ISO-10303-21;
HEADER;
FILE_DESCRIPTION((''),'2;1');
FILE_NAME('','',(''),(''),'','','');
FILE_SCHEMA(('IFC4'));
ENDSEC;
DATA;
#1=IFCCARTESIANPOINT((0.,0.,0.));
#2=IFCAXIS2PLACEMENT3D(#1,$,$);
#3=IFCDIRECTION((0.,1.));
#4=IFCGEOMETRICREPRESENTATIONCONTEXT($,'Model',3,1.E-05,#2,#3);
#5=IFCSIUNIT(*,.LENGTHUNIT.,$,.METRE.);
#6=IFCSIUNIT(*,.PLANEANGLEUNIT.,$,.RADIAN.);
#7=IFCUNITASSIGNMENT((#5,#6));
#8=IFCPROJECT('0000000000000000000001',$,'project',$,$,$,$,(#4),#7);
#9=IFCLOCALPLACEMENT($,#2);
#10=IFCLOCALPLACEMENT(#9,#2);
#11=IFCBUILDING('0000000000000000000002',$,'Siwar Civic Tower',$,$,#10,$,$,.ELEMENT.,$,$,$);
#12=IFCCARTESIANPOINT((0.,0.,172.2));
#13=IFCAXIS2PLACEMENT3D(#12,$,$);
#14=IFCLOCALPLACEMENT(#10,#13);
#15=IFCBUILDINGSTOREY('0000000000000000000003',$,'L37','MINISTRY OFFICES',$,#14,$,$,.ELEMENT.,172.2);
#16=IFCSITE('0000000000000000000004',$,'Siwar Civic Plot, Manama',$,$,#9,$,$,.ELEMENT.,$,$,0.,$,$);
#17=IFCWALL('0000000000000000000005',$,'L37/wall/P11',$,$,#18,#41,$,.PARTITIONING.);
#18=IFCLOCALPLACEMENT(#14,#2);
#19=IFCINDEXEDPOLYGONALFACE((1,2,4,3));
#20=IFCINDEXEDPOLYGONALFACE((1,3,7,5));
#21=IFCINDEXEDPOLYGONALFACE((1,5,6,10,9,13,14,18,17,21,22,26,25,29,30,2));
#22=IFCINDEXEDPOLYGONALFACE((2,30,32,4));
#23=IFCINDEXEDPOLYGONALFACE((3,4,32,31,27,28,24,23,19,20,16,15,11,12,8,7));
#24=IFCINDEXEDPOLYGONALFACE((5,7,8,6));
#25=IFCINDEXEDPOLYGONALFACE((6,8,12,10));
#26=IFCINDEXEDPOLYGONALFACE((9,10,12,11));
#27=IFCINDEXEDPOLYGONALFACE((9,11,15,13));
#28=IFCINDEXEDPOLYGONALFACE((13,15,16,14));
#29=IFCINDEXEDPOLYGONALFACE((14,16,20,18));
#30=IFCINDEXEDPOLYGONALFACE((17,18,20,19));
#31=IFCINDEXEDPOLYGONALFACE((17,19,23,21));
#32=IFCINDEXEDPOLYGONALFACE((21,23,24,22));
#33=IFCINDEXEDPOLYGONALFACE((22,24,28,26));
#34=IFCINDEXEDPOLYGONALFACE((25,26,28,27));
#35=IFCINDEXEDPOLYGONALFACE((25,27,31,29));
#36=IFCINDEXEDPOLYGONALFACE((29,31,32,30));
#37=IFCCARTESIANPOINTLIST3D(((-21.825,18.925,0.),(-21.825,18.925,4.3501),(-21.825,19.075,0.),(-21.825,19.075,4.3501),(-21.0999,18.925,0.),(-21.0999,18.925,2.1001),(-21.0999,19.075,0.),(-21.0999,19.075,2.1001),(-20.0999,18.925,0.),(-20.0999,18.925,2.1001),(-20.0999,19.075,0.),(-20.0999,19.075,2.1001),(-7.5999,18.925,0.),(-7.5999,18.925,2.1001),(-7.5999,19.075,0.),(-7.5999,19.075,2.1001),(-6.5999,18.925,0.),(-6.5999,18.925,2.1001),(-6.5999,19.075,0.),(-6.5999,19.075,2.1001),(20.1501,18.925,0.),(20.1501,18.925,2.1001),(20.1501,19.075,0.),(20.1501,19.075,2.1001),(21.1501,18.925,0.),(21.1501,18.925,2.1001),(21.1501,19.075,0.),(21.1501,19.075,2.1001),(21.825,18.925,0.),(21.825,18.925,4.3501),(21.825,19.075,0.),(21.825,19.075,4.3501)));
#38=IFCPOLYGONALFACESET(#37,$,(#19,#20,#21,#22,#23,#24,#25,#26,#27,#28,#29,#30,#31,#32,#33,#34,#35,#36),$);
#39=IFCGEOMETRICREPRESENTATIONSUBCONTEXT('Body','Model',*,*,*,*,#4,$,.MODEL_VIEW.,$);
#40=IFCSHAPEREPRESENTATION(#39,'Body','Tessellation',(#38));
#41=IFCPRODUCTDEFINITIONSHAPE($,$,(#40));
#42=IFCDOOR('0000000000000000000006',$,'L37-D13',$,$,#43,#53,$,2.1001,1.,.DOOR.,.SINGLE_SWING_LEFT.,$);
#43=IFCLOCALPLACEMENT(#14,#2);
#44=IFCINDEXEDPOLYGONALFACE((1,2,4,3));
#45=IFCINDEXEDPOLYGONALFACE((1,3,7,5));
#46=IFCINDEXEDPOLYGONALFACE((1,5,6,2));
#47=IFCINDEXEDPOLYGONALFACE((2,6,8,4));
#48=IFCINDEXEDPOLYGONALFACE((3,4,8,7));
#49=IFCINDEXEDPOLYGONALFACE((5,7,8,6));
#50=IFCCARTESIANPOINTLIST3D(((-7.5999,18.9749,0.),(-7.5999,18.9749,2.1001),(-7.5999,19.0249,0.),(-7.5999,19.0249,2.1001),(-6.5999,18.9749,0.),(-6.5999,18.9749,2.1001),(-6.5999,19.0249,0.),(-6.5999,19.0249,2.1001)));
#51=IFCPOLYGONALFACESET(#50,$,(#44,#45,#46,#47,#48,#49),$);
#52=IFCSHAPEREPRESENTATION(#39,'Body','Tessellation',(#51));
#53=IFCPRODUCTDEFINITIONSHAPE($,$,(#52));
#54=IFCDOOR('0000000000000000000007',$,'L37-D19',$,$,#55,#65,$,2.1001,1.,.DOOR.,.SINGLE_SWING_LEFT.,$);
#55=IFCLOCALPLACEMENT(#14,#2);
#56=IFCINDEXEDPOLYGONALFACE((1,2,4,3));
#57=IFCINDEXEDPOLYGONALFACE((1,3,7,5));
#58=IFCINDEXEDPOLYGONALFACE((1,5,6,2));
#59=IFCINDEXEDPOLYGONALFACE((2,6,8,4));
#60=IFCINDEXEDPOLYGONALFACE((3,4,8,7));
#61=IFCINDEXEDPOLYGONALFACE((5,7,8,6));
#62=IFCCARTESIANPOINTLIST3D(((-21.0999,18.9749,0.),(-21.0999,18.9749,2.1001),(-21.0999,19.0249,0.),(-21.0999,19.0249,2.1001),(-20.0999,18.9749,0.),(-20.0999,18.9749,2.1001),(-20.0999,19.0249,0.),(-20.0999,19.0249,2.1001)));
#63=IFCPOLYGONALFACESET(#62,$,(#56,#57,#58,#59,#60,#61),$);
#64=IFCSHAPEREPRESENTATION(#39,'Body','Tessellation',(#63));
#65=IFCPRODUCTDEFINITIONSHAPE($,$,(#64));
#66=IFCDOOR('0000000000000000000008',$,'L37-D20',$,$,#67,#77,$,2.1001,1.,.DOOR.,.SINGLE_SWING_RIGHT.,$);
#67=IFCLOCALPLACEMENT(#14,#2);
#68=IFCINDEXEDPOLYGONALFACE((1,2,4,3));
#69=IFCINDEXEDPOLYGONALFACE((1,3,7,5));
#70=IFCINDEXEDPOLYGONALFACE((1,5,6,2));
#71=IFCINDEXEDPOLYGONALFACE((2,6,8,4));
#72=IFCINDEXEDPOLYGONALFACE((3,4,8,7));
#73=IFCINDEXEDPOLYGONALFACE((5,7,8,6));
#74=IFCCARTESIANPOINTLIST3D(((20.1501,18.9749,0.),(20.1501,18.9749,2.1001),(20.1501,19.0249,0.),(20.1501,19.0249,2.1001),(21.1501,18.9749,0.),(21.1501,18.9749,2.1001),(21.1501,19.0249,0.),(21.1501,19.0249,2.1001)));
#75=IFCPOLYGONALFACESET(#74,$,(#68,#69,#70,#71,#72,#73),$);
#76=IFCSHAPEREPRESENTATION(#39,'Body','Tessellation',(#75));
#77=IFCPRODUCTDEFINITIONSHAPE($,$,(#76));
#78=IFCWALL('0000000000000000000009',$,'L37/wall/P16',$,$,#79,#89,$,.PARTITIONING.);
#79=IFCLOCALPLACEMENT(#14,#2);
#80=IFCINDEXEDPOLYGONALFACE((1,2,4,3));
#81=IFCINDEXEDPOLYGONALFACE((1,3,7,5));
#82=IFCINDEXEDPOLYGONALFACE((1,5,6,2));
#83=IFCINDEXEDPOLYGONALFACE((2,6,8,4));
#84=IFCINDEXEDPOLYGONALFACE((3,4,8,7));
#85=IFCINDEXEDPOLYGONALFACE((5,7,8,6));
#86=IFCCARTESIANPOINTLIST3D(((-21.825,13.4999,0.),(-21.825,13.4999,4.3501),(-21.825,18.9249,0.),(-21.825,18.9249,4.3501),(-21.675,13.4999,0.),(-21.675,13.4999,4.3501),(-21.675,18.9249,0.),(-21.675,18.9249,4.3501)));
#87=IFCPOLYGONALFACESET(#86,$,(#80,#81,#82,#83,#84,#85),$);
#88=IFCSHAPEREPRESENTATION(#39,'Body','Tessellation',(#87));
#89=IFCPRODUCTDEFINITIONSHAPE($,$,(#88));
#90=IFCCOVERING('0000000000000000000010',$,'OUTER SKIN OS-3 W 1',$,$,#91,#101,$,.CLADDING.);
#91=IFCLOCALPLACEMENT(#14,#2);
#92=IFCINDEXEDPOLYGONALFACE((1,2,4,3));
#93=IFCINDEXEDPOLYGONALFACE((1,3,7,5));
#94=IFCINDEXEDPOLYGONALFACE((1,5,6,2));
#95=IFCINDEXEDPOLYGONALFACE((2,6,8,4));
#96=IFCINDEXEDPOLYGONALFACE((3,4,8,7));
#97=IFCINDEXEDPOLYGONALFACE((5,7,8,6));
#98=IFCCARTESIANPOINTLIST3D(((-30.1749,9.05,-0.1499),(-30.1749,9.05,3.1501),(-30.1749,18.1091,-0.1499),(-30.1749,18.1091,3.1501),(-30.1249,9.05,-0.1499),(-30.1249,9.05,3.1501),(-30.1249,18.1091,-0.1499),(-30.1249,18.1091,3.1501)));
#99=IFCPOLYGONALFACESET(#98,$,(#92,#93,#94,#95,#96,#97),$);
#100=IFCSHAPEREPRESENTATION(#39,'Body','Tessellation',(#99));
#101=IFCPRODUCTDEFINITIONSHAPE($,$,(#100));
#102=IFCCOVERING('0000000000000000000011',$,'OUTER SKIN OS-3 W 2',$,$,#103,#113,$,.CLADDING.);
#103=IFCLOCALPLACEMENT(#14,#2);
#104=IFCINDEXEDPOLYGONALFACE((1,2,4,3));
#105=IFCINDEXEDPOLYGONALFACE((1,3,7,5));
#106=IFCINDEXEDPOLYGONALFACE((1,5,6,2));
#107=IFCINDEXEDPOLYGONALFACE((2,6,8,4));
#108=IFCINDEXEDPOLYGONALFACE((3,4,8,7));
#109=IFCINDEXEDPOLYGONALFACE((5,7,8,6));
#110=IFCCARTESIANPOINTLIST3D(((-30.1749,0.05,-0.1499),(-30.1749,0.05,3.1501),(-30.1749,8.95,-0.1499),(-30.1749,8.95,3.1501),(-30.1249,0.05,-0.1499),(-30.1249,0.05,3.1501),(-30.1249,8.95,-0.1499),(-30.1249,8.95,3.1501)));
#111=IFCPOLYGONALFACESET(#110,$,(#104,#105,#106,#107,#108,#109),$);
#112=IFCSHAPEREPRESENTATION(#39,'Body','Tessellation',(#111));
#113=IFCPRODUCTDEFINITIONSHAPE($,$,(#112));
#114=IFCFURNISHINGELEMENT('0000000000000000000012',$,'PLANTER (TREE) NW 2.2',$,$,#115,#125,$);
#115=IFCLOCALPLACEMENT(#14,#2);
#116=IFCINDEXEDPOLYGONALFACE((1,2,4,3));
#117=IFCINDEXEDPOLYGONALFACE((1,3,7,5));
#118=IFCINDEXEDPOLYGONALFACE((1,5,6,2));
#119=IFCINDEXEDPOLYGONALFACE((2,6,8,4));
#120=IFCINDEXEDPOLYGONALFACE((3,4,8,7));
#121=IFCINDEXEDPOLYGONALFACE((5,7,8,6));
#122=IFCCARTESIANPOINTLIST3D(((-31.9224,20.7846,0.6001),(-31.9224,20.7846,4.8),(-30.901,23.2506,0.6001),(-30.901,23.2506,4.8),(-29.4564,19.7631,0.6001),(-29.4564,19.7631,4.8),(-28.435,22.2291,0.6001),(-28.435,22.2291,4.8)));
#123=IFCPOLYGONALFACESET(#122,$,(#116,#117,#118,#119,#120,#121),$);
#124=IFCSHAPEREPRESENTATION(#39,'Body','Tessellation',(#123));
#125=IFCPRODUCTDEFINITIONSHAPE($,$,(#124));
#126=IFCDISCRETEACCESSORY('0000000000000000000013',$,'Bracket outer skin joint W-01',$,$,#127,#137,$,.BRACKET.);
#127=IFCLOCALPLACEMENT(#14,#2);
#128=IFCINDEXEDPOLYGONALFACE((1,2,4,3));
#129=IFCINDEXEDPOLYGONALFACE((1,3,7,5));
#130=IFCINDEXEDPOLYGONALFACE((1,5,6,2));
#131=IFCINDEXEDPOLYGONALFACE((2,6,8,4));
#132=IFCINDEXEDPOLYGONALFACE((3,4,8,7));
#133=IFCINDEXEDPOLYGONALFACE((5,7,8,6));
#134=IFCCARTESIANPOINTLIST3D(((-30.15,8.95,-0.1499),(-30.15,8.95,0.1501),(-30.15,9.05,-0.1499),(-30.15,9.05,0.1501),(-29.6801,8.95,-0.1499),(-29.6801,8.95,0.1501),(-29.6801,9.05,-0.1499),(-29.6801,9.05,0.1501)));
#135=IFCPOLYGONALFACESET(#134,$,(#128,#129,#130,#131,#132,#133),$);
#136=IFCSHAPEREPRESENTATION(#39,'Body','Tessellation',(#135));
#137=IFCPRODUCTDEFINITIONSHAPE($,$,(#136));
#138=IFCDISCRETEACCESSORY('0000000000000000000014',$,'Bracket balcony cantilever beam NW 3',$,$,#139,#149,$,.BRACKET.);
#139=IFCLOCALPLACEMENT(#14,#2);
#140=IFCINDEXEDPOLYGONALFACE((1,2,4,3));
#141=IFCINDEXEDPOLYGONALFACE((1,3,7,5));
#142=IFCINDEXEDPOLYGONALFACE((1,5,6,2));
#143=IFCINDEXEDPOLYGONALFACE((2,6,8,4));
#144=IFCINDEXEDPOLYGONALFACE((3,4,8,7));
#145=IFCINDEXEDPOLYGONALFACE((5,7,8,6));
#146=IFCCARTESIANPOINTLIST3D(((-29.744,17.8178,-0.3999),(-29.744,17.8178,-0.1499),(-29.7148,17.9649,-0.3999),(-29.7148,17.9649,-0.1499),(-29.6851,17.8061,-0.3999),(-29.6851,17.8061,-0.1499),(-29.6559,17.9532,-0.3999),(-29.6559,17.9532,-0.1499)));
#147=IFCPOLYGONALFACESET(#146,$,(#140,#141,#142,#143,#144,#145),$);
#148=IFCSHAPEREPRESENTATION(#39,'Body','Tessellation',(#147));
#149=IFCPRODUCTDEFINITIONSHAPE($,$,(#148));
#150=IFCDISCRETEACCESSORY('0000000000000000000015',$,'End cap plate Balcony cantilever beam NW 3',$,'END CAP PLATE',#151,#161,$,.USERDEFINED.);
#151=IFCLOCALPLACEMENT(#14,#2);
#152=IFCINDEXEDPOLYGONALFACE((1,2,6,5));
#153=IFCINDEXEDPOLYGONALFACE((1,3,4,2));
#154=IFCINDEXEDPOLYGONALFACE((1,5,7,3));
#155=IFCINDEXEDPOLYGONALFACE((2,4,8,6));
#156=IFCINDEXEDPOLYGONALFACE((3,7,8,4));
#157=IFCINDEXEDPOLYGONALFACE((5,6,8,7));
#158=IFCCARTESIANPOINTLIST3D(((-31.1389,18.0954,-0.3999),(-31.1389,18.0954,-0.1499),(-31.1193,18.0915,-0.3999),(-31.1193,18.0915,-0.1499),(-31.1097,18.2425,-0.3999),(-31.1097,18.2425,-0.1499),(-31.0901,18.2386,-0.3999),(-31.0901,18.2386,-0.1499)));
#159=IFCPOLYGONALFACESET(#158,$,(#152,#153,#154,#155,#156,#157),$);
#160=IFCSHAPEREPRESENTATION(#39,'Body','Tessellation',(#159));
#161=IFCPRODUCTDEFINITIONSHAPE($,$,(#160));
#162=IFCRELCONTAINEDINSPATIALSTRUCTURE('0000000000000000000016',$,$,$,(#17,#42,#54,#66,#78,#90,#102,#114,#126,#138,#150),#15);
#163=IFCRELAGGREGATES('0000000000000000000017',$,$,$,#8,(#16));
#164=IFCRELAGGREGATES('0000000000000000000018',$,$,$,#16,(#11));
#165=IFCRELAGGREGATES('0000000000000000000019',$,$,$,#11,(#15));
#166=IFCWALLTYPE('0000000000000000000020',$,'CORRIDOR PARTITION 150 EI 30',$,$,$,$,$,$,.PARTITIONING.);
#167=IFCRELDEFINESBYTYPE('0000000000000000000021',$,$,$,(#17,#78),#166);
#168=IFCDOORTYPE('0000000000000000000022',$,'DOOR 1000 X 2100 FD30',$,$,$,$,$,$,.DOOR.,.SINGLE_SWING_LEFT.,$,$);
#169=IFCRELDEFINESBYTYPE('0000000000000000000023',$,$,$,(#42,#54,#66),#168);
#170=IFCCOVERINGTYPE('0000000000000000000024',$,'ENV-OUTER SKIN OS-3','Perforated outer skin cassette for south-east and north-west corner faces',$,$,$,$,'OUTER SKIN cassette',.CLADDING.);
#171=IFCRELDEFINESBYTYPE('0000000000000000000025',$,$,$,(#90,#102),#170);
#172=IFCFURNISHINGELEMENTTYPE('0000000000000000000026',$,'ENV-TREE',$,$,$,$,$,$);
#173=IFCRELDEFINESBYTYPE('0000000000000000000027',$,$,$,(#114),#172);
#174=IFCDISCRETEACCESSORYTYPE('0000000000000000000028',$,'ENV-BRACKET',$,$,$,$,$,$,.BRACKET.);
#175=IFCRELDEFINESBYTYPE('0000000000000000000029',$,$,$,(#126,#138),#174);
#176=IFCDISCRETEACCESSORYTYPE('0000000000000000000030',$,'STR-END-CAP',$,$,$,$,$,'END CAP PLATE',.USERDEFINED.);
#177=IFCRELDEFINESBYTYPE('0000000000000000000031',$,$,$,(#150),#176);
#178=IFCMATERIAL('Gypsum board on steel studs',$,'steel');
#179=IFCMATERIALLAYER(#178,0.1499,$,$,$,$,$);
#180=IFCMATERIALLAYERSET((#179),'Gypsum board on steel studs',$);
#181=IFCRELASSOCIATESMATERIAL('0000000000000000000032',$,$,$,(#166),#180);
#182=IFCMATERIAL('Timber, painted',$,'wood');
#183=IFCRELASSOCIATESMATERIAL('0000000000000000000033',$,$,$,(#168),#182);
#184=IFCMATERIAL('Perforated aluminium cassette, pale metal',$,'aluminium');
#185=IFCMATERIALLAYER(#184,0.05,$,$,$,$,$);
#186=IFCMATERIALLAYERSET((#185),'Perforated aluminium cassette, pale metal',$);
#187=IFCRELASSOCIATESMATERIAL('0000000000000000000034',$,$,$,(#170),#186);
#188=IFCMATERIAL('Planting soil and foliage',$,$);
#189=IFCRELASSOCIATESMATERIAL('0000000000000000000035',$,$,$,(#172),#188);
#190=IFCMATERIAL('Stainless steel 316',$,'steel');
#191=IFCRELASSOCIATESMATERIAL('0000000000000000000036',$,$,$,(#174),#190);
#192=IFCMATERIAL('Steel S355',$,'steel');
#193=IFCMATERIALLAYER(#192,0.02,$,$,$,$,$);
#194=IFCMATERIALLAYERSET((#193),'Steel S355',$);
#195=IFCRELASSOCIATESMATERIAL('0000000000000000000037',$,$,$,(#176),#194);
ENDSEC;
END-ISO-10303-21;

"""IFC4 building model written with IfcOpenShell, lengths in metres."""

from ifc_helpers import new_model, si_unit, direction, frame, frame_2d, origin, origin_2d, place, context, subcontext, project, spatial, rectangle, extrude, material, layer, layer_set, type_object, element, fill, save


model = new_model("IFC4")

# Units and contexts
model_context = context("Model", 3, precision=1e-05, world=origin(), true_north=direction((0.0, 1.0)))
body_context = subcontext(model_context, "Body", "Model", "MODEL_VIEW")
ifc_project = project(units=[si_unit("LENGTHUNIT", "METRE"), si_unit("PLANEANGLEUNIT", "RADIAN")], contexts=[model_context])

# Site, building, storey
site_placement = place(None, origin())
site = spatial("IfcSite", under=ifc_project, at=site_placement, Name="Siwar Civic Plot, Manama", CompositionType="ELEMENT", RefElevation=0.0)
building_placement = place(site_placement, origin())
building = spatial("IfcBuilding", under=site, at=building_placement, Name="Siwar Civic Tower", CompositionType="ELEMENT")
storey_placement = place(building_placement, frame((0.0, 0.0, 172.2)))
storey = spatial("IfcBuildingStorey", under=building, at=storey_placement, Name="L37", Description="MINISTRY OFFICES", CompositionType="ELEMENT", Elevation=172.2)

# Shared definitions
ifc_material_1 = material(Name="Gypsum board on steel studs", Category="steel")
ifc_layer_1 = layer(ifc_material_1, 0.1499)
ifc_layer_set_1 = layer_set([ifc_layer_1], Name="Gypsum board on steel studs")
wall_type = type_object("IfcWallType", Name="CORRIDOR PARTITION 150 EI 30", PredefinedType="PARTITIONING", material=ifc_layer_set_1)

# Wall, openings, doors
wall_1_placement = place(storey_placement, frame((-21.825, 19.0, 0.0), z_axis=(0.0, 0.0, 1.0), x_axis=(1.0, 0.0, 0.0)))
wall_1 = element("IfcWall", 1, at=wall_1_placement, inside=storey, type_object=wall_type, Name="L37/wall/P11", PredefinedType="PARTITIONING", context=body_context, shape_type="SweptSolid", body=[
    extrude(rectangle(XDim=43.6499, YDim=0.1499, at=frame_2d((21.825, 0.0))), origin(), (0.0, 0.0, 1.0), 4.3501),
])
opening_1_placement = place(wall_1_placement, frame((14.2251, 0.0, 0.0)))
opening_1 = element("IfcOpeningElement", 2, at=opening_1_placement, cuts=wall_1, PredefinedType="OPENING", context=body_context, shape_type="SweptSolid", body=[
    extrude(rectangle(XDim=1.0, YDim=2.1001, at=frame_2d((0.5, 1.05))), frame((0.0, 0.085, 0.0), z_axis=(0.0, -1.0, 0.0), x_axis=(1.0, 0.0, 0.0)), (0.0, 0.0, 1.0), 0.1699),
])
opening_2_placement = place(wall_1_placement, frame((0.7251, 0.0, 0.0)))
opening_2 = element("IfcOpeningElement", 3, at=opening_2_placement, cuts=wall_1, PredefinedType="OPENING", context=body_context, shape_type="SweptSolid", body=[
    extrude(rectangle(XDim=1.0, YDim=2.1001, at=frame_2d((0.5, 1.05))), frame((0.0, 0.085, 0.0), z_axis=(0.0, -1.0, 0.0), x_axis=(1.0, 0.0, 0.0)), (0.0, 0.0, 1.0), 0.1699),
])
opening_3_placement = place(wall_1_placement, frame((41.9751, 0.0, 0.0)))
opening_3 = element("IfcOpeningElement", 4, at=opening_3_placement, cuts=wall_1, PredefinedType="OPENING", context=body_context, shape_type="SweptSolid", body=[
    extrude(rectangle(XDim=1.0, YDim=2.1001, at=frame_2d((0.5, 1.05))), frame((0.0, 0.085, 0.0), z_axis=(0.0, -1.0, 0.0), x_axis=(1.0, 0.0, 0.0)), (0.0, 0.0, 1.0), 0.1699),
])
ifc_material_2 = material(Name="Timber, painted", Category="wood")
door_type = type_object("IfcDoorType", Name="DOOR 1000 X 2100 FD30", OperationType="SINGLE_SWING_LEFT", PredefinedType="DOOR", material=ifc_material_2)
door_1_placement = place(opening_1_placement, origin())
door_1 = element("IfcDoor", 5, at=door_1_placement, inside=storey, type_object=door_type, Name="L37-D13", OperationType="SINGLE_SWING_LEFT", OverallHeight=2.1001, OverallWidth=1.0, PredefinedType="DOOR", context=body_context, shape_type="SweptSolid", body=[
    extrude(rectangle(XDim=1.0, YDim=2.1001, at=frame_2d((0.5, 1.05))), frame((0.0, 0.0249, 0.0), z_axis=(0.0, -1.0, 0.0), x_axis=(1.0, 0.0, 0.0)), (0.0, 0.0, 1.0), 0.05),
])
fill(opening_1, door_1)
door_2_placement = place(opening_2_placement, origin())
door_2 = element("IfcDoor", 6, at=door_2_placement, inside=storey, type_object=door_type, Name="L37-D19", OperationType="SINGLE_SWING_LEFT", OverallHeight=2.1001, OverallWidth=1.0, PredefinedType="DOOR", context=body_context, shape_type="SweptSolid", body=[
    extrude(rectangle(XDim=1.0, YDim=2.1001, at=frame_2d((0.5, 1.05))), frame((0.0, 0.0249, 0.0), z_axis=(0.0, -1.0, 0.0), x_axis=(1.0, 0.0, 0.0)), (0.0, 0.0, 1.0), 0.05),
])
fill(opening_2, door_2)
door_3_placement = place(opening_3_placement, origin())
door_3 = element("IfcDoor", 7, at=door_3_placement, inside=storey, type_object=door_type, Name="L37-D20", OperationType="SINGLE_SWING_RIGHT", OverallHeight=2.1001, OverallWidth=1.0, PredefinedType="DOOR", context=body_context, shape_type="SweptSolid", body=[
    extrude(rectangle(XDim=1.0, YDim=2.1001, at=frame_2d((0.5, 1.05))), frame((0.0, 0.0249, 0.0), z_axis=(0.0, -1.0, 0.0), x_axis=(1.0, 0.0, 0.0)), (0.0, 0.0, 1.0), 0.05),
])
fill(opening_3, door_3)

# Wall
wall_2_placement = place(storey_placement, frame((-21.75, 13.5, 0.0), z_axis=(0.0, 0.0, 1.0), x_axis=(0.0, 1.0, 0.0)))
element("IfcWall", 8, at=wall_2_placement, inside=storey, type_object=wall_type, Name="L37/wall/P16", PredefinedType="PARTITIONING", context=body_context, shape_type="SweptSolid", body=[
    extrude(rectangle(XDim=5.425, YDim=0.1499, at=frame_2d((2.7124, 0.0))), origin(), (0.0, 0.0, 1.0), 4.3501),
])

# Coverings
ifc_material_3 = material(Name="Perforated aluminium cassette, pale metal", Category="aluminium")
ifc_layer_2 = layer(ifc_material_3, 0.05)
ifc_layer_set_2 = layer_set([ifc_layer_2], Name="Perforated aluminium cassette, pale metal")
covering_type = type_object("IfcCoveringType", Name="ENV-OUTER SKIN OS-3", Description="Perforated outer skin cassette for south-east and north-west corner faces", ElementType="OUTER SKIN cassette", PredefinedType="CLADDING", material=ifc_layer_set_2)
covering_1_placement = place(storey_placement, frame((-30.1499, 13.5796, -0.1499), z_axis=(0.0, 0.0, 1.0), x_axis=(0.0, -1.0, 0.0)))
element("IfcCovering", 9, at=covering_1_placement, inside=storey, type_object=covering_type, Name="OUTER SKIN OS-3 W 1", PredefinedType="CLADDING", context=body_context, shape_type="SweptSolid", body=[
    extrude(rectangle(XDim=9.0591, YDim=0.05, at=origin_2d()), origin(), (0.0, 0.0, 1.0), 3.3),
])
covering_2_placement = place(storey_placement, frame((-30.1499, 4.5, -0.1499), z_axis=(0.0, 0.0, 1.0), x_axis=(0.0, -1.0, 0.0)))
element("IfcCovering", 10, at=covering_2_placement, inside=storey, type_object=covering_type, Name="OUTER SKIN OS-3 W 2", PredefinedType="CLADDING", context=body_context, shape_type="SweptSolid", body=[
    extrude(rectangle(XDim=8.8999, YDim=0.05, at=origin_2d()), origin(), (0.0, 0.0, 1.0), 3.3),
])

# Furnishing element
ifc_material_4 = material(Name="Planting soil and foliage")
furnishing_element_type = type_object("IfcFurnishingElementType", Name="ENV-TREE", material=ifc_material_4)
furnishing_placement = place(storey_placement, frame((-30.1787, 21.5068, 0.6001), z_axis=(0.0, 0.0, 1.0), x_axis=(-0.382683, -0.92388, 0.0)))
element("IfcFurnishingElement", 11, at=furnishing_placement, inside=storey, type_object=furnishing_element_type, Name="PLANTER (TREE) NW 2.2", context=body_context, shape_type="SweptSolid", body=[
    extrude(rectangle(XDim=2.6692, YDim=2.6692, at=origin_2d()), origin(), (0.0, 0.0, 1.0), 4.2),
])

# Discrete accessories
ifc_material_5 = material(Name="Stainless steel 316", Category="steel")
discrete_accessory_type_1 = type_object("IfcDiscreteAccessoryType", Name="ENV-BRACKET", PredefinedType="BRACKET", material=ifc_material_5)
discrete_accessory_1_placement = place(storey_placement, frame((-29.915, 9.0, -0.1499), z_axis=(0.0, 0.0, 1.0), x_axis=(-1.0, 0.0, 0.0)))
element("IfcDiscreteAccessory", 12, at=discrete_accessory_1_placement, inside=storey, type_object=discrete_accessory_type_1, Name="Bracket outer skin joint W-01", PredefinedType="BRACKET", context=body_context, shape_type="SweptSolid", body=[
    extrude(rectangle(XDim=0.47, YDim=0.1001, at=origin_2d()), origin(), (0.0, 0.0, 1.0), 0.3),
])
discrete_accessory_2_placement = place(storey_placement, frame((-29.7, 17.8855, -0.3999), z_axis=(0.0, 0.0, 1.0), x_axis=(-0.980785, 0.19509, 0.0)))
element("IfcDiscreteAccessory", 13, at=discrete_accessory_2_placement, inside=storey, type_object=discrete_accessory_type_1, Name="Bracket balcony cantilever beam NW 3", PredefinedType="BRACKET", context=body_context, shape_type="SweptSolid", body=[
    extrude(rectangle(XDim=0.0601, YDim=0.1499, at=origin_2d()), origin(), (0.0, 0.0, 1.0), 0.25),
])
ifc_material_6 = material(Name="Steel S355", Category="steel")
ifc_layer_3 = layer(ifc_material_6, 0.02)
ifc_layer_set_3 = layer_set([ifc_layer_3], Name="Steel S355")
discrete_accessory_type_2 = type_object("IfcDiscreteAccessoryType", Name="STR-END-CAP", ElementType="END CAP PLATE", PredefinedType="USERDEFINED", material=ifc_layer_set_3)
discrete_accessory_3_placement = place(storey_placement, frame((-31.1145, 18.167, -0.3999), z_axis=(0.0, 0.0, 1.0), x_axis=(-0.980785, 0.19509, 0.0)))
element("IfcDiscreteAccessory", 14, at=discrete_accessory_3_placement, inside=storey, type_object=discrete_accessory_type_2, Name="End cap plate Balcony cantilever beam NW 3", ObjectType="END CAP PLATE", PredefinedType="USERDEFINED", context=body_context, shape_type="SweptSolid", body=[
    extrude(rectangle(XDim=0.02, YDim=0.1499, at=origin_2d()), origin(), (0.0, 0.0, 1.0), 0.25),
])

save(model, "model.ifc")
